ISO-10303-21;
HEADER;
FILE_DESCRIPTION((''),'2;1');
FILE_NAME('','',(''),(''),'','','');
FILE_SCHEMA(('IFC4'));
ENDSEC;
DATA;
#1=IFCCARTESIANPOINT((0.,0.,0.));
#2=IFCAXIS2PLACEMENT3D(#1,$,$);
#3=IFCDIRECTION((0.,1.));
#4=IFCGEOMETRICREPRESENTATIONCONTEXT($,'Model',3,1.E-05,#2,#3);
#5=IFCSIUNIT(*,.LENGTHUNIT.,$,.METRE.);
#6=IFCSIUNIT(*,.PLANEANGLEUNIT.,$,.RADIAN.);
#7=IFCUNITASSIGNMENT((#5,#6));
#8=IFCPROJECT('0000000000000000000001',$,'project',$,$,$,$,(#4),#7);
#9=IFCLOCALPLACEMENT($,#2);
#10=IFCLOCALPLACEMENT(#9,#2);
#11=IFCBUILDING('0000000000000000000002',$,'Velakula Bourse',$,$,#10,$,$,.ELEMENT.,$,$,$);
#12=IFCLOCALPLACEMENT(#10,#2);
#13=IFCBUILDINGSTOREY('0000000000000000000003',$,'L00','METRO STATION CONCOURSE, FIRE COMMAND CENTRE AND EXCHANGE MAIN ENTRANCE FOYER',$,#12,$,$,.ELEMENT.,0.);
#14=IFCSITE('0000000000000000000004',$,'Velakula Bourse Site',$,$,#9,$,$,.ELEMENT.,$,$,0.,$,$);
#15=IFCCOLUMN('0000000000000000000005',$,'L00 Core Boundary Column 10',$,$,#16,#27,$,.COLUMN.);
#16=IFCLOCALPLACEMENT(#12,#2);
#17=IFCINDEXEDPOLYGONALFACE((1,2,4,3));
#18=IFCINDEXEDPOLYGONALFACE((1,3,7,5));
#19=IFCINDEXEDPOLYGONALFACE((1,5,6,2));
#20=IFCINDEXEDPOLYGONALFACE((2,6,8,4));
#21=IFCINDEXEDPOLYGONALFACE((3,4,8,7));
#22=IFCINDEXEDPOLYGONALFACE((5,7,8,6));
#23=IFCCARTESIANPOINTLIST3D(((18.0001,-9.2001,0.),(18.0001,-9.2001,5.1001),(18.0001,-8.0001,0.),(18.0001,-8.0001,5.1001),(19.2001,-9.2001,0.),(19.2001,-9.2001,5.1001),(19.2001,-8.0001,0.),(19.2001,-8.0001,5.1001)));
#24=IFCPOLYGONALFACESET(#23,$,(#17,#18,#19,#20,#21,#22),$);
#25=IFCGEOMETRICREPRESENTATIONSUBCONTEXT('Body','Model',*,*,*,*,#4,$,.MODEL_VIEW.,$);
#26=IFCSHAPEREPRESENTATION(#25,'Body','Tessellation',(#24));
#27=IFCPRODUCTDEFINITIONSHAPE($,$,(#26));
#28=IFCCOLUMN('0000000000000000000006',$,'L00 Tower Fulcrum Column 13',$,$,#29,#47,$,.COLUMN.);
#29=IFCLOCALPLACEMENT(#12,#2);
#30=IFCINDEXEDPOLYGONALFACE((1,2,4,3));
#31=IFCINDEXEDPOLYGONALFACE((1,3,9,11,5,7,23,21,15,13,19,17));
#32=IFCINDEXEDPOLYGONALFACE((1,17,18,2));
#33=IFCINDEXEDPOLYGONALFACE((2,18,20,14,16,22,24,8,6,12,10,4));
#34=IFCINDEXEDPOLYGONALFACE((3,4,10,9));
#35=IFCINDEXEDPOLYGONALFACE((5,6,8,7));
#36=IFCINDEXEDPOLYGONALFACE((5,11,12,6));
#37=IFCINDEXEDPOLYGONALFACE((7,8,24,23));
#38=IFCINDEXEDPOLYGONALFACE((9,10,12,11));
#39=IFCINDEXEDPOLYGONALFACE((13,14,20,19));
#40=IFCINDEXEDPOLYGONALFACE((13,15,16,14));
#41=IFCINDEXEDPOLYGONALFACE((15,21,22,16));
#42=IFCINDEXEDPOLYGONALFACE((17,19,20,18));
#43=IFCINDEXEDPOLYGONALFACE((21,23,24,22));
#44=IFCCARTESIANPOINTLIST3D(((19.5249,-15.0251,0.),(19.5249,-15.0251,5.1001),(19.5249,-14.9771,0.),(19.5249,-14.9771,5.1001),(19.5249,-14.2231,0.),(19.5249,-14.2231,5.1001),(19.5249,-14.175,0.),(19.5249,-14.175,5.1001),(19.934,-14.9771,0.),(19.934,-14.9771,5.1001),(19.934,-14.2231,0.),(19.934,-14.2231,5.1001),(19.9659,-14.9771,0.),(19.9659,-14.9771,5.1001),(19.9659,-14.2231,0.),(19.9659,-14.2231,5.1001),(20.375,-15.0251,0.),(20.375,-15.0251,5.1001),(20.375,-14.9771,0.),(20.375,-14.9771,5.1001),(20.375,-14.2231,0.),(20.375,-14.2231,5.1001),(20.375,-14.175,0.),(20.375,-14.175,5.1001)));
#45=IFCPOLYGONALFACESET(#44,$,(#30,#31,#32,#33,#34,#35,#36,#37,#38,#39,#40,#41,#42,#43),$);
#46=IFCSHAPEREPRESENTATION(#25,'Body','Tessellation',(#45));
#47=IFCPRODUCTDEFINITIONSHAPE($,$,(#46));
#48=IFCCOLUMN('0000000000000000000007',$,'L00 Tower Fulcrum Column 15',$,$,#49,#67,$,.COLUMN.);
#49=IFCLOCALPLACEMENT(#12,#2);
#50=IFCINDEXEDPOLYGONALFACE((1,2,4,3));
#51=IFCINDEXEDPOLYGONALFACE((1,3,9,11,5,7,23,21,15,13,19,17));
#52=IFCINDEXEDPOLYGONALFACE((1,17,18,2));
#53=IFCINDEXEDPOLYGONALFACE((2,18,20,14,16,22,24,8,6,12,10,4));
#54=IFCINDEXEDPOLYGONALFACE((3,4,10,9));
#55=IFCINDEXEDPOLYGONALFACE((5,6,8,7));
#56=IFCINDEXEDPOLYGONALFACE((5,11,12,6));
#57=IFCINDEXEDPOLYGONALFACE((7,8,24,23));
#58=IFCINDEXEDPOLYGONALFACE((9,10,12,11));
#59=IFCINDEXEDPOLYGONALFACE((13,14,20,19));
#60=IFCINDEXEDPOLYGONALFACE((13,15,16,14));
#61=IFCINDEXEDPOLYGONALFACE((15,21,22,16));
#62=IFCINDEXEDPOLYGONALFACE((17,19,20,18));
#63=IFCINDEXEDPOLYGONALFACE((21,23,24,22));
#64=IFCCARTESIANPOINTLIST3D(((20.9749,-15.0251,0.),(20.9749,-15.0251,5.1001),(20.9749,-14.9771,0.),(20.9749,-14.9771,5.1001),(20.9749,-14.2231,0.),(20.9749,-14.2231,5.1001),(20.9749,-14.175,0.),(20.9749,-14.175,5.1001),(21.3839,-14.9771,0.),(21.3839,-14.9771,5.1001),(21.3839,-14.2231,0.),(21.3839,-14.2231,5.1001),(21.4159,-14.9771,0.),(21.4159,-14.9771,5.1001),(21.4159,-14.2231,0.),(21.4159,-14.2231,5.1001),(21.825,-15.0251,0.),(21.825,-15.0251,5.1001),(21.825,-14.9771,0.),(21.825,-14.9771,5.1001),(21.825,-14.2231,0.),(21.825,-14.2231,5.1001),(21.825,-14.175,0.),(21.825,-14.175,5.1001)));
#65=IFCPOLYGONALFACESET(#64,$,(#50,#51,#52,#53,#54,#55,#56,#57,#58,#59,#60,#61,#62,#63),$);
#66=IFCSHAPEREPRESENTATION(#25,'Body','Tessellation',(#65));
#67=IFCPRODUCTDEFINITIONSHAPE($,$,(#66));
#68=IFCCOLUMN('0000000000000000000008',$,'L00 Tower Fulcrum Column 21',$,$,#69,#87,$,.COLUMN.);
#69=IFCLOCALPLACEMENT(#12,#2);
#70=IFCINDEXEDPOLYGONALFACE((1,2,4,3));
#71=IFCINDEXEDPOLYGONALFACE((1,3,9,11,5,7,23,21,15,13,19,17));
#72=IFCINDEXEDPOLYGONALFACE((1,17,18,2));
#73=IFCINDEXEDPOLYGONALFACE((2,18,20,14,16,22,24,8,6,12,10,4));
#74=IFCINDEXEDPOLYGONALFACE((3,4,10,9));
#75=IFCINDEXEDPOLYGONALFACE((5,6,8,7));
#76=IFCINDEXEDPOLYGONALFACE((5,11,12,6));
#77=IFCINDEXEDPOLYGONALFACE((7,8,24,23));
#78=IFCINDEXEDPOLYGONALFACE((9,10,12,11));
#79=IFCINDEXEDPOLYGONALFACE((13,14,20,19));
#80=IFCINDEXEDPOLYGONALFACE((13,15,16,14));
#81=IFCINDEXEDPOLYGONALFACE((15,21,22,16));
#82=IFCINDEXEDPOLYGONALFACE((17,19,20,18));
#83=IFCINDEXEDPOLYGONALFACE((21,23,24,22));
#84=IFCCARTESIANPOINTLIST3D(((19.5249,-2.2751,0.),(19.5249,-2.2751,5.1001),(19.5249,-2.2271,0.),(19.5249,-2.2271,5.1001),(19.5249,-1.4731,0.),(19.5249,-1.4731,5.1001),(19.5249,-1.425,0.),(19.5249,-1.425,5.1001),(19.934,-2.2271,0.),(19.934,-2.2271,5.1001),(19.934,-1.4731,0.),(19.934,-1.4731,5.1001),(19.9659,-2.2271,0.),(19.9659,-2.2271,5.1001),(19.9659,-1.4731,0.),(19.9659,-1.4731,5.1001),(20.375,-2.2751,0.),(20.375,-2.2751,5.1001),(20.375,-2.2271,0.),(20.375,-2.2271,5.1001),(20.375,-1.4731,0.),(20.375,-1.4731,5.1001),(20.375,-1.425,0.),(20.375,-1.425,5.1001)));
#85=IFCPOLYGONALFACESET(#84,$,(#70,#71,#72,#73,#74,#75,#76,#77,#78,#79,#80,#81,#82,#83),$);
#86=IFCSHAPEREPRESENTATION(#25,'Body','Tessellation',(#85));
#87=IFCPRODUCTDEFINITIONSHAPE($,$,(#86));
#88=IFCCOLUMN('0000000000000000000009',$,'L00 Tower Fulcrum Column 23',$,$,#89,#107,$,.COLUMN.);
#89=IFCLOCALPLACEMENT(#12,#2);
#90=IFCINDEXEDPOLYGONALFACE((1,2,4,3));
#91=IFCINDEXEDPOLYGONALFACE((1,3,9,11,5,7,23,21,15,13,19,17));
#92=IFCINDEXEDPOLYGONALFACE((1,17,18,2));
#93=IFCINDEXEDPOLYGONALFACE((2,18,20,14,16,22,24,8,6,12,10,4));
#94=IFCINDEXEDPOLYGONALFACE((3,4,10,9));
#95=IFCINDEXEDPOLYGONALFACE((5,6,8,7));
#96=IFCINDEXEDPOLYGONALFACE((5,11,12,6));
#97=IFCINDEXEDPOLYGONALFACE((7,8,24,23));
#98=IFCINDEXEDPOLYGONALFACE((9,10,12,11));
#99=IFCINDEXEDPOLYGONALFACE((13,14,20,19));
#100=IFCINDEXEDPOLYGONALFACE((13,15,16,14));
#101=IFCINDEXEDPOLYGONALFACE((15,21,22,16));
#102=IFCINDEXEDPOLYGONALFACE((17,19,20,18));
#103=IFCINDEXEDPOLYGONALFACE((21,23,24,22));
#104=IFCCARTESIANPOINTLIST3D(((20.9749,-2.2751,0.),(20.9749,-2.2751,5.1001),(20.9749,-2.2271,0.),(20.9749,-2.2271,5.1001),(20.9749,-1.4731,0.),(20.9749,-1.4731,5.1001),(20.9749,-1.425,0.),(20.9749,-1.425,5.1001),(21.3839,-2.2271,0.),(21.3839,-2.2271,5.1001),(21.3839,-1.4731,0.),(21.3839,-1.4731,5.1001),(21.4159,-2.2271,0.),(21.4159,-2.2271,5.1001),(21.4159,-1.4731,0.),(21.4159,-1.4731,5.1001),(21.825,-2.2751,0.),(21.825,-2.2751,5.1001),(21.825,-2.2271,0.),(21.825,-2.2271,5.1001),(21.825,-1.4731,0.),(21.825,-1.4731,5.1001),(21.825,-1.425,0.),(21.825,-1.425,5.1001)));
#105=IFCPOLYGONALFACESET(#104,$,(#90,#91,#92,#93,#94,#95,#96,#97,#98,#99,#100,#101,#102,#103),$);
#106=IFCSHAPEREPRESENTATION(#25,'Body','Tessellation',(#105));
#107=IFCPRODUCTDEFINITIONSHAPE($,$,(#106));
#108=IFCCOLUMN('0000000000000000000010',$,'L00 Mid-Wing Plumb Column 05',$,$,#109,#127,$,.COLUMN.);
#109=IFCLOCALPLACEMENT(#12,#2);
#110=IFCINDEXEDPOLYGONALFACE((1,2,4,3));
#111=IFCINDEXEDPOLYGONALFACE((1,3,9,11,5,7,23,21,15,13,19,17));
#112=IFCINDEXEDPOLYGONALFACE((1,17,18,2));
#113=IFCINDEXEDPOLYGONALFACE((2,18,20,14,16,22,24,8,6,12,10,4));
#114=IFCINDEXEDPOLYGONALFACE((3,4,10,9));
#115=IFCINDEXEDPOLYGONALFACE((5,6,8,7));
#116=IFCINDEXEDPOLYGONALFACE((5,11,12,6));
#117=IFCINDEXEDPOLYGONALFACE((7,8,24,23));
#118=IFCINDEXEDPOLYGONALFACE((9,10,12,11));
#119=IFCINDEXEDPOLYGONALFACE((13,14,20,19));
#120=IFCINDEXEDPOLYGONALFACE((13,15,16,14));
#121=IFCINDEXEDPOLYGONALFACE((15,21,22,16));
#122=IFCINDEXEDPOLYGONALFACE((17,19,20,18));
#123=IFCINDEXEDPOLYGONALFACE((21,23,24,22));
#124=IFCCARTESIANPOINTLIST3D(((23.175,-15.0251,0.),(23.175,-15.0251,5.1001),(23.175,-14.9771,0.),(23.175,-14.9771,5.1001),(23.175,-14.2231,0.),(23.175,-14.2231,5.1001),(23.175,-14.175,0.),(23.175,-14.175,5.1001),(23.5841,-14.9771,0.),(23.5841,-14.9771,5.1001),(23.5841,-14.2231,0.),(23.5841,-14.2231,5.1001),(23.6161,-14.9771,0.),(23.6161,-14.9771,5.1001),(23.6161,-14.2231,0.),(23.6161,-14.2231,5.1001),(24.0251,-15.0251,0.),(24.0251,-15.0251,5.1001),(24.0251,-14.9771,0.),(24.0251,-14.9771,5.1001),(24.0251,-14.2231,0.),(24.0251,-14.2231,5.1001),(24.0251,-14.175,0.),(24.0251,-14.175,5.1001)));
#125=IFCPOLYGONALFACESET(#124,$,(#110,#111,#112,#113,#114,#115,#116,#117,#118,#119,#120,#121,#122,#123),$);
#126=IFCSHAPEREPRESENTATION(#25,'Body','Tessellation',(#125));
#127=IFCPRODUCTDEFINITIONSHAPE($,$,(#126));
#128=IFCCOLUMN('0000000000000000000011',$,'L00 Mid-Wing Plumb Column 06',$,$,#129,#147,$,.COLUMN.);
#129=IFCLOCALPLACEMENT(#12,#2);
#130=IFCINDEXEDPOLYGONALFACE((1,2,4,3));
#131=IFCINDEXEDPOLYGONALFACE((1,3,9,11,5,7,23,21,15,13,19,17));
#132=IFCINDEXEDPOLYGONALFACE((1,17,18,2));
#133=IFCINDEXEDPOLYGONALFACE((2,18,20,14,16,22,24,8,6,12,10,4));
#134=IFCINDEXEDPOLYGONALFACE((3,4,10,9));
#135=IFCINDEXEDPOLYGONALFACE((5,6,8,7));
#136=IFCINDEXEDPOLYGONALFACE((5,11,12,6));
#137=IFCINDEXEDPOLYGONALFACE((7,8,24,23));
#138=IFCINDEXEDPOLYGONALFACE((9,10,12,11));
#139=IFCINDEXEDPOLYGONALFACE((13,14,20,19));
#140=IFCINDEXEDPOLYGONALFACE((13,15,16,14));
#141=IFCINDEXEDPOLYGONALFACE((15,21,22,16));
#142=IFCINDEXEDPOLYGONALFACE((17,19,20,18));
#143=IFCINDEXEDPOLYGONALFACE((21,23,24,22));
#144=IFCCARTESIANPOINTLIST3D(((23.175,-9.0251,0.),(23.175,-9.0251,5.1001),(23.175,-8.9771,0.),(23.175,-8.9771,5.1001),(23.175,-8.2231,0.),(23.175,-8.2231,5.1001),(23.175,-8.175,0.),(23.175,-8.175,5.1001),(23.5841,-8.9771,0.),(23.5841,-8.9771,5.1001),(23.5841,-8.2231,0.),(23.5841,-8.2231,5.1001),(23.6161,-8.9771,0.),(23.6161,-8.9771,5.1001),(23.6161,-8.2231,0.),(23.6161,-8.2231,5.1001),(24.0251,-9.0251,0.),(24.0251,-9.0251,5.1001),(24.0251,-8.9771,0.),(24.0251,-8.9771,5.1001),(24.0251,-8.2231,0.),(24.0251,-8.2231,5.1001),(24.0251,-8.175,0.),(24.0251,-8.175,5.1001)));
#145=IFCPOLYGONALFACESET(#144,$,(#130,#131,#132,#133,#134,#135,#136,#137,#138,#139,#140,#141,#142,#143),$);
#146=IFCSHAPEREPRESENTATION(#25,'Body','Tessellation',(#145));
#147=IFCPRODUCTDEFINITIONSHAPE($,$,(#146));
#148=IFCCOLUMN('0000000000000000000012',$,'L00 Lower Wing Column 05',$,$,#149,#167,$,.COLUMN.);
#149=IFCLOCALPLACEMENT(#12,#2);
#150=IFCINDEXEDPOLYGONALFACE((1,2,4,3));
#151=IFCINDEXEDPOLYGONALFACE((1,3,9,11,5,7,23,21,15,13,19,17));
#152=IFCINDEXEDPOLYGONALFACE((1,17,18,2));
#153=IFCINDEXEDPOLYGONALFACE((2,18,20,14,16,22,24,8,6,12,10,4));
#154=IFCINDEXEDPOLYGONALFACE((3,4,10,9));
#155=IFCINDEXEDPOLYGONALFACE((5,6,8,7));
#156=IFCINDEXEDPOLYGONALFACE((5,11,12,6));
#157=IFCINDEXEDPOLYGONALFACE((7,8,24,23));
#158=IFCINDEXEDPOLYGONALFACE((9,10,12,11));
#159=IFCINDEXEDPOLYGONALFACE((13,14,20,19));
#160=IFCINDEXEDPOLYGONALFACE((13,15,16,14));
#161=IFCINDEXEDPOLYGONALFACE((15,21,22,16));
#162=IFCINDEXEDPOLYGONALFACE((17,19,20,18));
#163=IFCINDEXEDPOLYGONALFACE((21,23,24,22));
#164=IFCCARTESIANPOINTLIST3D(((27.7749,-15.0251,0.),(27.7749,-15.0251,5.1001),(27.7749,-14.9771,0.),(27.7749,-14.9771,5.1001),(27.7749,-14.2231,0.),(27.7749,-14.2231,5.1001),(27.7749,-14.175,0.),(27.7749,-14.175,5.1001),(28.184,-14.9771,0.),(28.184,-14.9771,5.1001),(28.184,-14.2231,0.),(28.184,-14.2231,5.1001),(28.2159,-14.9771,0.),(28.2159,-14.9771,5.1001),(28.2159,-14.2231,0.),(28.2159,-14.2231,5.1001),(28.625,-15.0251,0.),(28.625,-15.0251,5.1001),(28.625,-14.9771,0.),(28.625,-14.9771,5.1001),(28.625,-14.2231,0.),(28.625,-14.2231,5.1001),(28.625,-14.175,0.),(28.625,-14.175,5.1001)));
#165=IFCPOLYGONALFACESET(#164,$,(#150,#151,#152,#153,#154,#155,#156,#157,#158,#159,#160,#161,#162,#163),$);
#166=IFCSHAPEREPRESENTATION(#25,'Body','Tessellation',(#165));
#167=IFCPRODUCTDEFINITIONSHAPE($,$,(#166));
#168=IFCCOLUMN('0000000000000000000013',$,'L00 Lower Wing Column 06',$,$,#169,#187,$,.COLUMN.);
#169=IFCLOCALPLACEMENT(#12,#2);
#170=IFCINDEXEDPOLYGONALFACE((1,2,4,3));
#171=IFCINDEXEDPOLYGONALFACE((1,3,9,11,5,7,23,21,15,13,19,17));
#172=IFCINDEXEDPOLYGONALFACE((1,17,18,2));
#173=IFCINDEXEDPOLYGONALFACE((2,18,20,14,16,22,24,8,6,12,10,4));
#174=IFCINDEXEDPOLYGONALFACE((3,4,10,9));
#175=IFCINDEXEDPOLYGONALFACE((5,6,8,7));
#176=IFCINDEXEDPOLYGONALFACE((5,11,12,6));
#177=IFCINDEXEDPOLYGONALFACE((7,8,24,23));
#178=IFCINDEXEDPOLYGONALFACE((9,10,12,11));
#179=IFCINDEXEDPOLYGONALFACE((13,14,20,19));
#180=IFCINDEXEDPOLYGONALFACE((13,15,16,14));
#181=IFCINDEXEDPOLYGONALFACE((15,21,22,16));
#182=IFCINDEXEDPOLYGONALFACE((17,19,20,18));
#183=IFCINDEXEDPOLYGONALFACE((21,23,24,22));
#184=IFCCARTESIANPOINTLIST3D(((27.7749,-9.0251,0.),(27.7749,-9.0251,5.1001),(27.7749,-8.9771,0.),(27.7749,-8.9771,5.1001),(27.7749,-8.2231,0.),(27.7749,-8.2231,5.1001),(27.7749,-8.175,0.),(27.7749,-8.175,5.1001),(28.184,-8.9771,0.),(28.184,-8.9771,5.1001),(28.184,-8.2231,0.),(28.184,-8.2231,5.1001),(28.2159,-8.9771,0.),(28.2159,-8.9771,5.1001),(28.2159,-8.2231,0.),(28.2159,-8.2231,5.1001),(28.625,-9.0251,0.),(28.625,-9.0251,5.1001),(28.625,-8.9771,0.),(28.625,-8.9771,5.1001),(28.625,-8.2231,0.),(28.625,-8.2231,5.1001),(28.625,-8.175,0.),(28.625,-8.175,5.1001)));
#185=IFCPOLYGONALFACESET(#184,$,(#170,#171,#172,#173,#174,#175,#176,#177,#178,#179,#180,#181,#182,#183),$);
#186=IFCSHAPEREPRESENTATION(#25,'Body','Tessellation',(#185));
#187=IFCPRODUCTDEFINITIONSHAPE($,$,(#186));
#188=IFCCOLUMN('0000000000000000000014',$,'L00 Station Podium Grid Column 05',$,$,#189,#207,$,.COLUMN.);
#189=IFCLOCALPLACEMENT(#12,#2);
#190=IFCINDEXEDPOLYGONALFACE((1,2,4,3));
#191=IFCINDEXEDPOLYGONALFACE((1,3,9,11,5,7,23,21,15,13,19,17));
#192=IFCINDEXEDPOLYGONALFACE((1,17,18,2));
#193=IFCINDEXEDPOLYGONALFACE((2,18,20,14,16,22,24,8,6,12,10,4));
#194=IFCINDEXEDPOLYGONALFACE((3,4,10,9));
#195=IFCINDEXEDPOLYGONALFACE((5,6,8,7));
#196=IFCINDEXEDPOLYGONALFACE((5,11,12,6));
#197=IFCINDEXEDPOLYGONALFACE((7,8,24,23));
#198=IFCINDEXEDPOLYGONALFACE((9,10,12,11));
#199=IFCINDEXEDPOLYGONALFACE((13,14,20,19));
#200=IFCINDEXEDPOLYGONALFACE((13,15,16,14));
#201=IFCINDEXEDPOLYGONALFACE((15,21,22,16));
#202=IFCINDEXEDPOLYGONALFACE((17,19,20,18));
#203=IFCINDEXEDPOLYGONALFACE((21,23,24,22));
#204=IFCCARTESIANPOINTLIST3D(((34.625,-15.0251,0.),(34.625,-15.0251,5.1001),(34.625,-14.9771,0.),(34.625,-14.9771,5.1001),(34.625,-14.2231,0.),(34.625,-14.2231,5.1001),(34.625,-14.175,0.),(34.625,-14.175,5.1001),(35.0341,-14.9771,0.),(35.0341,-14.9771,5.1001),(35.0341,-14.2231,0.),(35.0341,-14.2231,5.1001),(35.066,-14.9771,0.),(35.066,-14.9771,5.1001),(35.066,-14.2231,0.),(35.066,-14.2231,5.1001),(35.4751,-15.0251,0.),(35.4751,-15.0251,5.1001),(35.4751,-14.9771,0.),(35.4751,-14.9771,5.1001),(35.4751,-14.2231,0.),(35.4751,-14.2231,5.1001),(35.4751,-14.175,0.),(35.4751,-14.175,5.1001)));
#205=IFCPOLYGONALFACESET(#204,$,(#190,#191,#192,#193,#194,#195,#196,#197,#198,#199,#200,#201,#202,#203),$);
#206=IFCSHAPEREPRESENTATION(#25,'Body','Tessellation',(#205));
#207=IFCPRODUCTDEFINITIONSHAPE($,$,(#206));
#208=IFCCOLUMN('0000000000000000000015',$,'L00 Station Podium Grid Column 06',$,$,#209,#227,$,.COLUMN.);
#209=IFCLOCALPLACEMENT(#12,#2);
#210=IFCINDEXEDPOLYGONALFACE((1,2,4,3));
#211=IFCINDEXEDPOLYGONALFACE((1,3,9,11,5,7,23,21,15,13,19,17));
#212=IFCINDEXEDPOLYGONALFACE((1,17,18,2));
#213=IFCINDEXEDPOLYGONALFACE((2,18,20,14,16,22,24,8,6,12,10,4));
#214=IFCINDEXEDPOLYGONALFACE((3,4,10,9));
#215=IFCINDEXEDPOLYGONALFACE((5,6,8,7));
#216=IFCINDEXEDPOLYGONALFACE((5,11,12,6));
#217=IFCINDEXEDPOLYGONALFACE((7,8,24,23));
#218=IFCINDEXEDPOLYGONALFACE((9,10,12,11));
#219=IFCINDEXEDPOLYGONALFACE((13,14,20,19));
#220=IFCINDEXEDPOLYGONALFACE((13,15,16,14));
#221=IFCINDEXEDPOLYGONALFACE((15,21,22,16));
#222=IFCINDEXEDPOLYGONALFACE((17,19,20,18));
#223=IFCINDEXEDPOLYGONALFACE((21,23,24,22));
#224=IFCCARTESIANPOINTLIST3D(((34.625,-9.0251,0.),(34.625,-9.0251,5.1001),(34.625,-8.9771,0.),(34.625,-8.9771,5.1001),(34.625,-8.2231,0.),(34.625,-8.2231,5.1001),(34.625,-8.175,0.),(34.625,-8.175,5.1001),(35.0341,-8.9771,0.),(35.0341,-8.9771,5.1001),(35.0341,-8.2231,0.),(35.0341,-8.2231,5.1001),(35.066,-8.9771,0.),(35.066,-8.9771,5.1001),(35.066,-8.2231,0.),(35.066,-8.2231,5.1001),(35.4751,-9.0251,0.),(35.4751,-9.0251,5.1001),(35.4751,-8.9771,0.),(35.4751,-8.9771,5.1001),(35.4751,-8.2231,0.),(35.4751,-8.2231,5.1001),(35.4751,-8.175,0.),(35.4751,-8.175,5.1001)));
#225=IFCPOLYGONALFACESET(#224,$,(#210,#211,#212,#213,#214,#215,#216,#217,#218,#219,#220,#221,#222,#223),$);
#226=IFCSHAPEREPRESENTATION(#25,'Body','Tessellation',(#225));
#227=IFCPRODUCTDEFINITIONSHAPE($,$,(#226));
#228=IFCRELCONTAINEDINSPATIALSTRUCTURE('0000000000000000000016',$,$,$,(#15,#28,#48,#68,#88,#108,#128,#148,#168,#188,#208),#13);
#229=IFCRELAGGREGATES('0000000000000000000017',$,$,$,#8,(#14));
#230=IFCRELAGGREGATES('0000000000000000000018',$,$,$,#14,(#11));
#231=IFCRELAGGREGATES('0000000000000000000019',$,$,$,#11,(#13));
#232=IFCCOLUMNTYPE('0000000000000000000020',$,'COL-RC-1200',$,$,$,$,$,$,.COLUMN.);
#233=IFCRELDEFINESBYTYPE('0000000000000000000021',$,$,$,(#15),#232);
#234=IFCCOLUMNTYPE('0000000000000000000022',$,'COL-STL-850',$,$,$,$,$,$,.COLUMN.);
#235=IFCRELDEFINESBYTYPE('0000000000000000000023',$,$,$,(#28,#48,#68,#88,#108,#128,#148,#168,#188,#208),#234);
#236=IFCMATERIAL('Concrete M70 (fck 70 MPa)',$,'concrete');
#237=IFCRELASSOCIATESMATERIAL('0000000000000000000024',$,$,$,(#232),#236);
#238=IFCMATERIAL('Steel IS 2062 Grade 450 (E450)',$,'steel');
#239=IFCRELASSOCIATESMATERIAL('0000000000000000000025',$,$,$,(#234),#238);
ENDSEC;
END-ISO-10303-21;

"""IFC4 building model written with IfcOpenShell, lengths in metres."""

from ifc_helpers import new_model, si_unit, direction, frame, origin, origin_2d, place, context, subcontext, project, spatial, rectangle, i_section, extrude, material, material_profile, profile_set, type_object, element, save


model = new_model("IFC4")

# Units and contexts
model_context = context("Model", 3, precision=1e-05, world=origin(), true_north=direction((0.0, 1.0)))
body_context = subcontext(model_context, "Body", "Model", "MODEL_VIEW")
ifc_project = project(units=[si_unit("LENGTHUNIT", "METRE"), si_unit("PLANEANGLEUNIT", "RADIAN")], contexts=[model_context])

# Site, building, storey
site_placement = place(None, origin())
site = spatial("IfcSite", under=ifc_project, at=site_placement, Name="Velakula Bourse Site", CompositionType="ELEMENT", RefElevation=0.0)
building_placement = place(site_placement, origin())
building = spatial("IfcBuilding", under=site, at=building_placement, Name="Velakula Bourse", CompositionType="ELEMENT")
storey_placement = place(building_placement, origin())
storey = spatial("IfcBuildingStorey", under=building, at=storey_placement, Name="L00", Description="METRO STATION CONCOURSE, FIRE COMMAND CENTRE AND EXCHANGE MAIN ENTRANCE FOYER", CompositionType="ELEMENT", Elevation=0.0)

# Columns
ifc_material_1 = material(Name="Concrete M70 (fck 70 MPa)", Category="concrete")
ifc_material_profile_1 = material_profile(ifc_material_1, rectangle(XDim=1.2, YDim=1.2, at=origin_2d()), Name="Concrete M70 (fck 70 MPa)")
ifc_profile_set_1 = profile_set([ifc_material_profile_1], Name="Concrete M70 (fck 70 MPa)")
column_type_1 = type_object("IfcColumnType", Name="COL-RC-1200", PredefinedType="COLUMN", material=ifc_profile_set_1)
column_placement = place(storey_placement, frame((18.6001, -8.6001, 0.0), z_axis=(0.0, 0.0, 1.0), x_axis=(1.0, 0.0, 0.0)))
element("IfcColumn", 1, at=column_placement, inside=storey, type_object=column_type_1, Name="L00 Core Boundary Column 10", PredefinedType="COLUMN", context=body_context, shape_type="SweptSolid", body=[
    extrude(rectangle(XDim=1.2, YDim=1.2, at=origin_2d()), origin(), (0.0, 0.0, 1.0), 5.1001),
])
ifc_material_2 = material(Name="Steel IS 2062 Grade 450 (E450)", Category="steel")
ifc_material_profile_2 = material_profile(ifc_material_2, i_section(OverallWidth=0.8501, OverallDepth=0.8501, WebThickness=0.032, FlangeThickness=0.0481, at=origin_2d()), Name="Steel IS 2062 Grade 450 (E450)")
ifc_profile_set_2 = profile_set([ifc_material_profile_2], Name="Steel IS 2062 Grade 450 (E450)")
column_type_2 = type_object("IfcColumnType", Name="COL-STL-850", PredefinedType="COLUMN", material=ifc_profile_set_2)
for number, where, z_axis, x_axis, name in (
    (2, (19.95, -14.6001, 0.0), (0.0, 0.0, 1.0), (1.0, 0.0, 0.0), "L00 Tower Fulcrum Column 13"),
    (3, (21.3999, -14.6001, 0.0), (0.0, 0.0, 1.0), (1.0, 0.0, 0.0), "L00 Tower Fulcrum Column 15"),
    (4, (19.95, -1.8501, 0.0), (0.0, 0.0, 1.0), (1.0, 0.0, 0.0), "L00 Tower Fulcrum Column 21"),
    (5, (21.3999, -1.8501, 0.0), (0.0, 0.0, 1.0), (1.0, 0.0, 0.0), "L00 Tower Fulcrum Column 23"),
    (6, (23.6001, -14.6001, 0.0), (0.0, 0.0, 1.0), (1.0, 0.0, 0.0), "L00 Mid-Wing Plumb Column 05"),
    (7, (23.6001, -8.6001, 0.0), (0.0, 0.0, 1.0), (1.0, 0.0, 0.0), "L00 Mid-Wing Plumb Column 06"),
    (8, (28.2, -14.6001, 0.0), (0.0, 0.0, 1.0), (1.0, 0.0, 0.0), "L00 Lower Wing Column 05"),
    (9, (28.2, -8.6001, 0.0), (0.0, 0.0, 1.0), (1.0, 0.0, 0.0), "L00 Lower Wing Column 06"),
    (10, (35.05, -14.6001, 0.0), (0.0, 0.0, 1.0), (1.0, 0.0, 0.0), "L00 Station Podium Grid Column 05"),
    (11, (35.05, -8.6001, 0.0), (0.0, 0.0, 1.0), (1.0, 0.0, 0.0), "L00 Station Podium Grid Column 06"),
):
    element("IfcColumn", number, at=place(storey_placement, frame(where, z_axis=z_axis, x_axis=x_axis)), inside=storey, type_object=column_type_2, Name=name, PredefinedType="COLUMN", context=body_context, shape_type="SweptSolid", body=[
        extrude(i_section(OverallWidth=0.8501, OverallDepth=0.8501, WebThickness=0.032, FlangeThickness=0.0481, at=origin_2d()), origin(), (0.0, 0.0, 1.0), 5.1001),
    ])

save(model, "model.ifc")
